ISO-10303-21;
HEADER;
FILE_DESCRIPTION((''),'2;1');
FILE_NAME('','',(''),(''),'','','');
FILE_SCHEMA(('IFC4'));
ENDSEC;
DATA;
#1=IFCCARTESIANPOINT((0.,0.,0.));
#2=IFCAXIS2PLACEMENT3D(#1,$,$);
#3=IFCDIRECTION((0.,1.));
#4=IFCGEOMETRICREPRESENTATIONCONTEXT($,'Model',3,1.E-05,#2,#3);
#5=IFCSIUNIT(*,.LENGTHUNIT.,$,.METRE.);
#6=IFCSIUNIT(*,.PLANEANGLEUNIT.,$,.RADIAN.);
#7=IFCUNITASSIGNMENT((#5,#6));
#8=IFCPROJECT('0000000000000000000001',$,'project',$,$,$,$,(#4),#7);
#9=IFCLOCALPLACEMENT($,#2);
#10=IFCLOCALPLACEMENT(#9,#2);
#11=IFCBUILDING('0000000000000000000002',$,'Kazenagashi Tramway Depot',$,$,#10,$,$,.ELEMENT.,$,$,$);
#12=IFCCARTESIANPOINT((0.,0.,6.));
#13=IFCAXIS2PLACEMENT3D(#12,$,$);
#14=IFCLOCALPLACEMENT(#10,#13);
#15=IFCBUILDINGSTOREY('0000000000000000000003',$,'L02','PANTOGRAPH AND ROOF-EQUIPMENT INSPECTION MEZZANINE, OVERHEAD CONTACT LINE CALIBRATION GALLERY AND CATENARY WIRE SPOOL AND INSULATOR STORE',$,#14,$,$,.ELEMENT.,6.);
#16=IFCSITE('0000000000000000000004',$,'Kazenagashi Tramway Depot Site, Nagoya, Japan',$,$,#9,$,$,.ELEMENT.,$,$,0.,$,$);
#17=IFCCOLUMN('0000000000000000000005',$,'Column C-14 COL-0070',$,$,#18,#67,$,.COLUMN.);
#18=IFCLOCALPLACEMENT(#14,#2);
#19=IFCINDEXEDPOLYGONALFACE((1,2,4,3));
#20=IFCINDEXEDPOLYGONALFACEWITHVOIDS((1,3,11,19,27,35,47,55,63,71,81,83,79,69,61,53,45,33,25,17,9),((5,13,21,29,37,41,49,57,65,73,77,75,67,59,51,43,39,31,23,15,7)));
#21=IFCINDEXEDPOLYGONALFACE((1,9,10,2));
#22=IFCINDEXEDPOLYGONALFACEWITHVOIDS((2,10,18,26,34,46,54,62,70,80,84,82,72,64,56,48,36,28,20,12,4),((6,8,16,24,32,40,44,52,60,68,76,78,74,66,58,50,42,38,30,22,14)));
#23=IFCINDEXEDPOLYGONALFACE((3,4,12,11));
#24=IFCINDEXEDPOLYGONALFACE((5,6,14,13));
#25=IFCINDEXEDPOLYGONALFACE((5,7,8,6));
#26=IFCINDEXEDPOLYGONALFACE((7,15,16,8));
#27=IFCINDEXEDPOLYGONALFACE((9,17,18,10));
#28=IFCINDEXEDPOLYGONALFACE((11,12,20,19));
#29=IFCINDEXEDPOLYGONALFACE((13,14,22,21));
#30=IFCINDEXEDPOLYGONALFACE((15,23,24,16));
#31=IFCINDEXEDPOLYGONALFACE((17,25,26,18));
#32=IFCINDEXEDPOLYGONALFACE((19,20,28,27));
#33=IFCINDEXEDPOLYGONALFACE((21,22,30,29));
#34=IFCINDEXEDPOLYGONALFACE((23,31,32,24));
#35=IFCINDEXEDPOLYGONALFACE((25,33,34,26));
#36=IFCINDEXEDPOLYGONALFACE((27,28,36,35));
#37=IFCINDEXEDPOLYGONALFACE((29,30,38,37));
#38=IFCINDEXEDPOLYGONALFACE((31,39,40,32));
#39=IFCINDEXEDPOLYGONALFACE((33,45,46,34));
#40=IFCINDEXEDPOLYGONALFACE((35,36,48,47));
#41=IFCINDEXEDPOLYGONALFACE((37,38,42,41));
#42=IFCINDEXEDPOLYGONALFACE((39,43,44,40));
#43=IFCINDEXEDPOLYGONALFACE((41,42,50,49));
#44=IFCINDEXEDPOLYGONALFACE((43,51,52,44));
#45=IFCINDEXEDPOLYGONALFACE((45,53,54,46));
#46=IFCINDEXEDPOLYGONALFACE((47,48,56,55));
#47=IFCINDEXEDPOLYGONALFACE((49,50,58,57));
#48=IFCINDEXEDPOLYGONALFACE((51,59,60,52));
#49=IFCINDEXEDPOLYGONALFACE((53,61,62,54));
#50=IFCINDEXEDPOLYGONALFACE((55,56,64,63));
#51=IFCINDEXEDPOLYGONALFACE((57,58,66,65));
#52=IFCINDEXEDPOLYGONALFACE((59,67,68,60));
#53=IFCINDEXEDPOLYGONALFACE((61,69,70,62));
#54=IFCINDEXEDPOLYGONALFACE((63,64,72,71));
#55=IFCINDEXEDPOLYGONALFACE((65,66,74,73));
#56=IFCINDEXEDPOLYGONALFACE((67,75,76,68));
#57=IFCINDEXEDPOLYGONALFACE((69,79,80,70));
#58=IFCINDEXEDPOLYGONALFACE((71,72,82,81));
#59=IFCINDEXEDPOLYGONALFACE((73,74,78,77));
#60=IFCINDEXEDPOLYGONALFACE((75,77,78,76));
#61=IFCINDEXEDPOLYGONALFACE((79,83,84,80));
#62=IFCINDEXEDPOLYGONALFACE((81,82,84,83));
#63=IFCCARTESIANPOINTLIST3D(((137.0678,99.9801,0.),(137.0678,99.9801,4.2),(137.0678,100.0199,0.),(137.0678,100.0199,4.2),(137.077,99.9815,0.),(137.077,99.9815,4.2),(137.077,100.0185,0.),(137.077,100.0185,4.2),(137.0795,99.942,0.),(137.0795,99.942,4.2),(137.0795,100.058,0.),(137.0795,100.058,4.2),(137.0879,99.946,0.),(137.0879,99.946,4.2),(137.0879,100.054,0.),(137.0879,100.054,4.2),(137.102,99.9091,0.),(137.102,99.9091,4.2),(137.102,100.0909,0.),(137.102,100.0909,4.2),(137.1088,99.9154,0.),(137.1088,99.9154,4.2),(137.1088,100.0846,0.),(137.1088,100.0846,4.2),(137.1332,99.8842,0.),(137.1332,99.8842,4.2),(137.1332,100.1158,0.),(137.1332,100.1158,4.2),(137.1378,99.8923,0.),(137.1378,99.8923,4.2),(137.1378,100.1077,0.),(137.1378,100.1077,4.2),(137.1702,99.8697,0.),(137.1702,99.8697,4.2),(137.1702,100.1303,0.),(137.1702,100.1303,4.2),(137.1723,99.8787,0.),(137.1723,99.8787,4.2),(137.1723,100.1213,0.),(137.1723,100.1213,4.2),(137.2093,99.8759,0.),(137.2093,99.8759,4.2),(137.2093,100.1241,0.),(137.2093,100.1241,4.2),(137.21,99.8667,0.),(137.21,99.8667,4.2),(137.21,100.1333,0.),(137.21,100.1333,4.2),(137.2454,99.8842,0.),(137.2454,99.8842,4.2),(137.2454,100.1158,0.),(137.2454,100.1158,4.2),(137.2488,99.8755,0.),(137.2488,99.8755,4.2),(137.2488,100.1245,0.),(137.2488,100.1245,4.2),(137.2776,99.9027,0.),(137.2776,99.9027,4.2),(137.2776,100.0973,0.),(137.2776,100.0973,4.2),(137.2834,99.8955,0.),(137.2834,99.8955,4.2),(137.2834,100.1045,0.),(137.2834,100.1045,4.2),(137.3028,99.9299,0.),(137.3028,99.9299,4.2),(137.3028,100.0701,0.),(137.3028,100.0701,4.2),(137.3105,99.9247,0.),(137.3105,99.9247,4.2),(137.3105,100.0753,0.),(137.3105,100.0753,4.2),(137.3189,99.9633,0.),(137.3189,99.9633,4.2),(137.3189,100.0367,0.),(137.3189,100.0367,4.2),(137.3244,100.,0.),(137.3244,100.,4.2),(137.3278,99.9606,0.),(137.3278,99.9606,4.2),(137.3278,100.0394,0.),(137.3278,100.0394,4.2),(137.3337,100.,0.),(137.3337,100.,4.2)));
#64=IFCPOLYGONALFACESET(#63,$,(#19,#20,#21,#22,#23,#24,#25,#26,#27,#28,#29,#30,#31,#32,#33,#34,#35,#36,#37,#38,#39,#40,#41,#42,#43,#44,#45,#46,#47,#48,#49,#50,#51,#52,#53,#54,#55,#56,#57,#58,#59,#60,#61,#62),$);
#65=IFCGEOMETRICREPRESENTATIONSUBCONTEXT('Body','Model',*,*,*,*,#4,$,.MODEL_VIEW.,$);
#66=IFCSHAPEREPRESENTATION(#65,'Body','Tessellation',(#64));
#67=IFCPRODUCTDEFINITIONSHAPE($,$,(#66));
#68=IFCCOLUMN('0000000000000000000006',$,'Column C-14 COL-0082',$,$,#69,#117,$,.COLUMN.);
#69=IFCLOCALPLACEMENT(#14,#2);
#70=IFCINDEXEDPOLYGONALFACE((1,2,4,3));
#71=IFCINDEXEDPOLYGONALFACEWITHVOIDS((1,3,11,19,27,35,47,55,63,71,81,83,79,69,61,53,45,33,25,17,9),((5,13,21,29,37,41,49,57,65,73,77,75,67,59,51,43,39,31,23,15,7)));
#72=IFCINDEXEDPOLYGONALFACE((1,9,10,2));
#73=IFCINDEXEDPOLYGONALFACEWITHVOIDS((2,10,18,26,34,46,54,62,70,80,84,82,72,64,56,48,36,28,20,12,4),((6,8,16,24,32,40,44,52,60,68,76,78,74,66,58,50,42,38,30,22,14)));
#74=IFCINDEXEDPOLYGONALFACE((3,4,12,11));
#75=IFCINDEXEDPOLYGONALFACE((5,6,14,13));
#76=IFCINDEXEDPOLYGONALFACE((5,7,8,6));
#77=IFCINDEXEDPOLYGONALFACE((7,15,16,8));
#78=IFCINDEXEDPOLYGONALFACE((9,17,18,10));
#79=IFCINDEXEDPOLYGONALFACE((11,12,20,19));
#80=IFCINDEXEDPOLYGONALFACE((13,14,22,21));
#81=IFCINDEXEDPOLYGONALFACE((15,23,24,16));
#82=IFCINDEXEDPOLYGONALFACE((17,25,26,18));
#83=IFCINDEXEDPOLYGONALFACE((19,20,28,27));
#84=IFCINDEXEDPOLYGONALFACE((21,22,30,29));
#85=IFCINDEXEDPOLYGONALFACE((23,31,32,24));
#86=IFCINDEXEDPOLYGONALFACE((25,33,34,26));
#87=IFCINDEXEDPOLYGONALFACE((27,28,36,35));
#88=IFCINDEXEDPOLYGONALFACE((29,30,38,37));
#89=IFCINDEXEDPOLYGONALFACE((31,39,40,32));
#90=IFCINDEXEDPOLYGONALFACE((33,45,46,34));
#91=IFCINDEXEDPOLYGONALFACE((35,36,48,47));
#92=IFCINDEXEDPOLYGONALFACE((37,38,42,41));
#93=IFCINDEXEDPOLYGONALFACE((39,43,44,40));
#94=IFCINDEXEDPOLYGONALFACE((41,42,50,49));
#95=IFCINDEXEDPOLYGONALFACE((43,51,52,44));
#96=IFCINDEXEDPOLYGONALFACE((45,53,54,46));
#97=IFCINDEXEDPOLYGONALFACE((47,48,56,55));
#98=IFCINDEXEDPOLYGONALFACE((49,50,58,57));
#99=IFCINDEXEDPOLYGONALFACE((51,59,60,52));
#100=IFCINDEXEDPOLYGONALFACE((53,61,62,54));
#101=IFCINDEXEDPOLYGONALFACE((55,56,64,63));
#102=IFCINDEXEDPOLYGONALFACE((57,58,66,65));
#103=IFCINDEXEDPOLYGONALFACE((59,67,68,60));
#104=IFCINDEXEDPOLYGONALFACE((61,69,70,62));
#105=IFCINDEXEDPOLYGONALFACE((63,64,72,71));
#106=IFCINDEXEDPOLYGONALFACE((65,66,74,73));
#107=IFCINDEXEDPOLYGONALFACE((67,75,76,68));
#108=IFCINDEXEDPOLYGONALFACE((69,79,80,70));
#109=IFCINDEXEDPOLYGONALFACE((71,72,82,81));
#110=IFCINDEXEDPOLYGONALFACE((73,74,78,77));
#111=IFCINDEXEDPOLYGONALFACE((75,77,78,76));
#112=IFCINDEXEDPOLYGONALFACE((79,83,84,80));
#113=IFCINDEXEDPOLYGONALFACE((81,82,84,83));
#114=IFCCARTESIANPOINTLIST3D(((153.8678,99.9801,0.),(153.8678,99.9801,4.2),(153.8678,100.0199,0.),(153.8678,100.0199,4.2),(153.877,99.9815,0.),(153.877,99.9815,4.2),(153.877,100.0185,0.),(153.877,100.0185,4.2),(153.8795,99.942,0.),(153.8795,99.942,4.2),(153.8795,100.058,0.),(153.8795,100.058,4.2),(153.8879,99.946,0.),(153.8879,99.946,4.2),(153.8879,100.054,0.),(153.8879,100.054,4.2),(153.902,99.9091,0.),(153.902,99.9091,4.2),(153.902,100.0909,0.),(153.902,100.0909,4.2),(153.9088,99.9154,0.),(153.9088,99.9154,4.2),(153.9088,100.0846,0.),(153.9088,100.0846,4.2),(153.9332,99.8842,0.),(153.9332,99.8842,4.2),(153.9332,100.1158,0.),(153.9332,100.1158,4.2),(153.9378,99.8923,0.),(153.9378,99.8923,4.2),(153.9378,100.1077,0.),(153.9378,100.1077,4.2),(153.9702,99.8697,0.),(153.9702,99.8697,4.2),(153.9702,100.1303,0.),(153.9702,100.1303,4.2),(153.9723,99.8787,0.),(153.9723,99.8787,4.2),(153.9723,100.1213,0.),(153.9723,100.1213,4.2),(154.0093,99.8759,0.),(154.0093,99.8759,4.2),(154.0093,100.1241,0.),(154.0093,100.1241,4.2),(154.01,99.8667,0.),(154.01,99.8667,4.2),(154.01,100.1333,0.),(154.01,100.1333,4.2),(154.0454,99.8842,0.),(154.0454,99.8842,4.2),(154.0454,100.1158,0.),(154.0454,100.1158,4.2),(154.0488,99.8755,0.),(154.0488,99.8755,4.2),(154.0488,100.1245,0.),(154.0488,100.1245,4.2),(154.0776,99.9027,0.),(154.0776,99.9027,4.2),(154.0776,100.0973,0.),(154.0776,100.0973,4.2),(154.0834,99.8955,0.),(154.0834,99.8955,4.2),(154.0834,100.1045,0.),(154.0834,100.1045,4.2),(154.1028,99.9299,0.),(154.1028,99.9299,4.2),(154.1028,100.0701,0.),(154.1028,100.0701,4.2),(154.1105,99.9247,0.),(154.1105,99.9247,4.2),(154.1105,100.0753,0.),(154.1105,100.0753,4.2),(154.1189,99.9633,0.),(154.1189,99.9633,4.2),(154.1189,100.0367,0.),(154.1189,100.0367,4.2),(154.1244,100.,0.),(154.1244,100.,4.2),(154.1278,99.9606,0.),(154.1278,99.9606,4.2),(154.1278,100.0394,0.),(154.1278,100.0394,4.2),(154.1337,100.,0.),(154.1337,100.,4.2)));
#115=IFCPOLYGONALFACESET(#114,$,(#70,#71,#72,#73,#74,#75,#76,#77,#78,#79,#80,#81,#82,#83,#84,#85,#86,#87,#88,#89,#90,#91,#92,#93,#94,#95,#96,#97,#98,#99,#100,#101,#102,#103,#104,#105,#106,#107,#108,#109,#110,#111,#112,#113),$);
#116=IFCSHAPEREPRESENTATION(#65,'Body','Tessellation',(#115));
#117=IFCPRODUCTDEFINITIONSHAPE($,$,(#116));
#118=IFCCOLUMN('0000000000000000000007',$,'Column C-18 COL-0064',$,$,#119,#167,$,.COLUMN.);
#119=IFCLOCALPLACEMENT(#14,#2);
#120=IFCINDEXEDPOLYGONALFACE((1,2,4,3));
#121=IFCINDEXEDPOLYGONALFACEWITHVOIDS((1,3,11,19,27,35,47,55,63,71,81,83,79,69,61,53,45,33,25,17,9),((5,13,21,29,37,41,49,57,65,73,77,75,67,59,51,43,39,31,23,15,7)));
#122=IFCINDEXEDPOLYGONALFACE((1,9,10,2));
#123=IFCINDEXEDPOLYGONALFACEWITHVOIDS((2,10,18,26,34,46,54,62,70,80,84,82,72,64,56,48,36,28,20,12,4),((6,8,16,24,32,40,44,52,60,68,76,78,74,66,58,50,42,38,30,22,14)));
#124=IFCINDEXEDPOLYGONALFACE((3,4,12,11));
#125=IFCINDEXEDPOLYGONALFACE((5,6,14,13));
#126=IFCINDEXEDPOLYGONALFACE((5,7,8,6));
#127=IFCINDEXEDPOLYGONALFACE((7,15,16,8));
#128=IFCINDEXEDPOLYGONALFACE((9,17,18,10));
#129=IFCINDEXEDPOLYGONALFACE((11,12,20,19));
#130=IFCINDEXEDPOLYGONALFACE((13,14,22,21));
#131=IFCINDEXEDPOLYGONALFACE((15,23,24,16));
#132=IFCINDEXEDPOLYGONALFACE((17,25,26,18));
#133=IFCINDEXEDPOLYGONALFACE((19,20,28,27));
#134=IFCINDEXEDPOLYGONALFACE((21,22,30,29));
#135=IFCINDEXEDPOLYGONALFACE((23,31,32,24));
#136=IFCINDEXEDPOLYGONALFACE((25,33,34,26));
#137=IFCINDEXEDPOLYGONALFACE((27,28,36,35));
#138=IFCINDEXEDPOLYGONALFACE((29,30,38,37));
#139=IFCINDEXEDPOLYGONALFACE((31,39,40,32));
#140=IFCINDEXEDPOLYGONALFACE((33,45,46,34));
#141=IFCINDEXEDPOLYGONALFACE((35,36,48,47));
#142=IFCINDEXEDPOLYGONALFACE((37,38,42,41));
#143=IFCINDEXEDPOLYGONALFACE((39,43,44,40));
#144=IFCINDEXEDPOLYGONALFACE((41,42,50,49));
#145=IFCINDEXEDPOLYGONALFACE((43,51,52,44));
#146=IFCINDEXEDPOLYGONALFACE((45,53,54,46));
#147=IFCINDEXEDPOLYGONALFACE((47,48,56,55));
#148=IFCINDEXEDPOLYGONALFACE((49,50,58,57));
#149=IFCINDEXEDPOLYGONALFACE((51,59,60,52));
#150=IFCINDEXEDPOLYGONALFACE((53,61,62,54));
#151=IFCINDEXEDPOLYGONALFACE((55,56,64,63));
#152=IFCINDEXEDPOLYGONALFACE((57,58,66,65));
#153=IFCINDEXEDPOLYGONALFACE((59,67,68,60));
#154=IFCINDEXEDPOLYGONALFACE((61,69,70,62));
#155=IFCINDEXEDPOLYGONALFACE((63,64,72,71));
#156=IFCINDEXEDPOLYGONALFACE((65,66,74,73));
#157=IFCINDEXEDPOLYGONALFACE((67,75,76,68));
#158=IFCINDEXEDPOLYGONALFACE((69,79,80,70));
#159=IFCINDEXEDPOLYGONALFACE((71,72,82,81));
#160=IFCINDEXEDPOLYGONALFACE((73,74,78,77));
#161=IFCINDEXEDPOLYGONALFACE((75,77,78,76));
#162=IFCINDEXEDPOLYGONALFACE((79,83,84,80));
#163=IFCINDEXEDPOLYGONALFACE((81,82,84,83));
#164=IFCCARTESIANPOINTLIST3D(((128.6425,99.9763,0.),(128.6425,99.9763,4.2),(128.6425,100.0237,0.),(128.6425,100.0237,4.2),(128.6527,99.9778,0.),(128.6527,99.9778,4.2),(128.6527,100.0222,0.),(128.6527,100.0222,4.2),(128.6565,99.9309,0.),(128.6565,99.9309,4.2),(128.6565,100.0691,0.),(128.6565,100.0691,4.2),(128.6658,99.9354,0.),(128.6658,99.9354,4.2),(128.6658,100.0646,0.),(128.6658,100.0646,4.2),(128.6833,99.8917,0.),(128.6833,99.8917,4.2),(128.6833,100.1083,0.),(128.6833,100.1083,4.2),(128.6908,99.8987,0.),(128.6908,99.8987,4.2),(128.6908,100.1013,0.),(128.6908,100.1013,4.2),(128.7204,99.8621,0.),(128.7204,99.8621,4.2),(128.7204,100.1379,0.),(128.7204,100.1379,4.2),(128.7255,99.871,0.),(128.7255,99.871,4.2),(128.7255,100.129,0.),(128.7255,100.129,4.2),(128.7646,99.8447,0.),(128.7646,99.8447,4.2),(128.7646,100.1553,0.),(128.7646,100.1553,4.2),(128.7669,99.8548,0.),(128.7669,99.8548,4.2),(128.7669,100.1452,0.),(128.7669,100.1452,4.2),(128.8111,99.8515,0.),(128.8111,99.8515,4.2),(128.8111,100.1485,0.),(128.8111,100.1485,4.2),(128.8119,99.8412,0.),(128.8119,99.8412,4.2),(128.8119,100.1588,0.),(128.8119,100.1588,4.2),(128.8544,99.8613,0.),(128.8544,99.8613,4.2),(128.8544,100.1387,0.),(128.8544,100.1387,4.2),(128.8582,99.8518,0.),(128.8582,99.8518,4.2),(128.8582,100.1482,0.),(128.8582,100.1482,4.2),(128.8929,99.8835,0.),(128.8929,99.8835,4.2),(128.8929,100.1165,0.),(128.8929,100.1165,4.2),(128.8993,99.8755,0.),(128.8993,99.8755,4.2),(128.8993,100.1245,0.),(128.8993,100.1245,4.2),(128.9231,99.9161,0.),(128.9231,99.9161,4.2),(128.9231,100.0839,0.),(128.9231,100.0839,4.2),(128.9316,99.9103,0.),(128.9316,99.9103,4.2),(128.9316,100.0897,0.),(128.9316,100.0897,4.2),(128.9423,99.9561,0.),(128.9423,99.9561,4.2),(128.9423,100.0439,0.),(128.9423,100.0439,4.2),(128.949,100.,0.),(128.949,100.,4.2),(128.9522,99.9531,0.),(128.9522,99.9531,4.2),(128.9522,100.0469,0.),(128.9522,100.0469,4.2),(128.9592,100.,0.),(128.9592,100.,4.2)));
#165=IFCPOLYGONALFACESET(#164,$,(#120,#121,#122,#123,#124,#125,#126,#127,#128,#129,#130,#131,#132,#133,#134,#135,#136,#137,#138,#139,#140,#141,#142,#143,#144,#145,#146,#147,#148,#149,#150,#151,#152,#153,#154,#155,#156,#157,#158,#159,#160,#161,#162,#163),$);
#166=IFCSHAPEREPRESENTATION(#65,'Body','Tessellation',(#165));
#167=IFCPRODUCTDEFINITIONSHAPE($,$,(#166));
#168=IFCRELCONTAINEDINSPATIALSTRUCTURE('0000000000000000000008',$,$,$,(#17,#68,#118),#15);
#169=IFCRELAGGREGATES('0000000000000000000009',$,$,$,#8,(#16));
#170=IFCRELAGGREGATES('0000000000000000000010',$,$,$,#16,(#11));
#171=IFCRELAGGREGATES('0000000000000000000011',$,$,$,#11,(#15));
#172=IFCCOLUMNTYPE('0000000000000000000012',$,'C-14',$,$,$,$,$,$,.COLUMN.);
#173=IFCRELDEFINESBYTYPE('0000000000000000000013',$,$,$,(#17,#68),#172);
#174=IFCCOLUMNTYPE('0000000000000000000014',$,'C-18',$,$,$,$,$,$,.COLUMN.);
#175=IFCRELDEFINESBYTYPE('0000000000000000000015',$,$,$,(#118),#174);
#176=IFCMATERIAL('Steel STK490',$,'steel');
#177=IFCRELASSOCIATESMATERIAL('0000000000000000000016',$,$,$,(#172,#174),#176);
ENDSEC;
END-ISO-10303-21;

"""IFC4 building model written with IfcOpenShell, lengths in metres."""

from ifc_helpers import new_model, si_unit, direction, frame, origin, origin_2d, place, context, subcontext, project, spatial, hollow_circle, extrude, material, material_profile, profile_set, type_object, element, save


model = new_model("IFC4")

# Units and contexts
model_context = context("Model", 3, precision=1e-05, world=origin(), true_north=direction((0.0, 1.0)))
body_context = subcontext(model_context, "Body", "Model", "MODEL_VIEW")
ifc_project = project(units=[si_unit("LENGTHUNIT", "METRE"), si_unit("PLANEANGLEUNIT", "RADIAN")], contexts=[model_context])

# Site, building, storey
site_placement = place(None, origin())
site = spatial("IfcSite", under=ifc_project, at=site_placement, Name="Kazenagashi Tramway Depot Site, Nagoya, Japan", CompositionType="ELEMENT", RefElevation=0.0)
building_placement = place(site_placement, origin())
building = spatial("IfcBuilding", under=site, at=building_placement, Name="Kazenagashi Tramway Depot", CompositionType="ELEMENT")
storey_placement = place(building_placement, frame((0.0, 0.0, 6.0)))
storey = spatial("IfcBuildingStorey", under=building, at=storey_placement, Name="L02", Description="PANTOGRAPH AND ROOF-EQUIPMENT INSPECTION MEZZANINE, OVERHEAD CONTACT LINE CALIBRATION GALLERY AND CATENARY WIRE SPOOL AND INSULATOR STORE", CompositionType="ELEMENT", Elevation=6.0)

# Columns
ifc_material_1 = material(Name="Steel STK490", Category="steel")
ifc_material_profile_1 = material_profile(ifc_material_1, hollow_circle(Radius=0.1337, WallThickness=0.0093, at=origin_2d()), Name="CHS-267.4x9.3")
ifc_profile_set_1 = profile_set([ifc_material_profile_1], Name="Steel STK490")
column_type_1 = type_object("IfcColumnType", Name="C-14", PredefinedType="COLUMN", material=ifc_profile_set_1)
for number, where, z_axis, x_axis, name in (
    (1, (137.2, 100.0, 0.0), (0.0, 0.0, 1.0), (1.0, 0.0, 0.0), "Column C-14 COL-0070"),
    (2, (154.0, 100.0, 0.0), (0.0, 0.0, 1.0), (1.0, 0.0, 0.0), "Column C-14 COL-0082"),
):
    element("IfcColumn", number, at=place(storey_placement, frame(where, z_axis=z_axis, x_axis=x_axis)), inside=storey, type_object=column_type_1, Name=name, PredefinedType="COLUMN", context=body_context, shape_type="SweptSolid", body=[
        extrude(hollow_circle(Radius=0.1337, WallThickness=0.0093, at=origin_2d()), origin(), (0.0, 0.0, 1.0), 4.2),
    ])
ifc_material_profile_2 = material_profile(ifc_material_1, hollow_circle(Radius=0.1593, WallThickness=0.0103, at=origin_2d()), Name="CHS-318.5x10.3")
ifc_profile_set_2 = profile_set([ifc_material_profile_2], Name="Steel STK490")
column_type_2 = type_object("IfcColumnType", Name="C-18", PredefinedType="COLUMN", material=ifc_profile_set_2)
for number, where, z_axis, x_axis, name in (
    (3, (128.8, 100.0, 0.0), (0.0, 0.0, 1.0), (1.0, 0.0, 0.0), "Column C-18 COL-0064"),
):
    element("IfcColumn", number, at=place(storey_placement, frame(where, z_axis=z_axis, x_axis=x_axis)), inside=storey, type_object=column_type_2, Name=name, PredefinedType="COLUMN", context=body_context, shape_type="SweptSolid", body=[
        extrude(hollow_circle(Radius=0.1593, WallThickness=0.0103, at=origin_2d()), origin(), (0.0, 0.0, 1.0), 4.2),
    ])

save(model, "model.ifc")
